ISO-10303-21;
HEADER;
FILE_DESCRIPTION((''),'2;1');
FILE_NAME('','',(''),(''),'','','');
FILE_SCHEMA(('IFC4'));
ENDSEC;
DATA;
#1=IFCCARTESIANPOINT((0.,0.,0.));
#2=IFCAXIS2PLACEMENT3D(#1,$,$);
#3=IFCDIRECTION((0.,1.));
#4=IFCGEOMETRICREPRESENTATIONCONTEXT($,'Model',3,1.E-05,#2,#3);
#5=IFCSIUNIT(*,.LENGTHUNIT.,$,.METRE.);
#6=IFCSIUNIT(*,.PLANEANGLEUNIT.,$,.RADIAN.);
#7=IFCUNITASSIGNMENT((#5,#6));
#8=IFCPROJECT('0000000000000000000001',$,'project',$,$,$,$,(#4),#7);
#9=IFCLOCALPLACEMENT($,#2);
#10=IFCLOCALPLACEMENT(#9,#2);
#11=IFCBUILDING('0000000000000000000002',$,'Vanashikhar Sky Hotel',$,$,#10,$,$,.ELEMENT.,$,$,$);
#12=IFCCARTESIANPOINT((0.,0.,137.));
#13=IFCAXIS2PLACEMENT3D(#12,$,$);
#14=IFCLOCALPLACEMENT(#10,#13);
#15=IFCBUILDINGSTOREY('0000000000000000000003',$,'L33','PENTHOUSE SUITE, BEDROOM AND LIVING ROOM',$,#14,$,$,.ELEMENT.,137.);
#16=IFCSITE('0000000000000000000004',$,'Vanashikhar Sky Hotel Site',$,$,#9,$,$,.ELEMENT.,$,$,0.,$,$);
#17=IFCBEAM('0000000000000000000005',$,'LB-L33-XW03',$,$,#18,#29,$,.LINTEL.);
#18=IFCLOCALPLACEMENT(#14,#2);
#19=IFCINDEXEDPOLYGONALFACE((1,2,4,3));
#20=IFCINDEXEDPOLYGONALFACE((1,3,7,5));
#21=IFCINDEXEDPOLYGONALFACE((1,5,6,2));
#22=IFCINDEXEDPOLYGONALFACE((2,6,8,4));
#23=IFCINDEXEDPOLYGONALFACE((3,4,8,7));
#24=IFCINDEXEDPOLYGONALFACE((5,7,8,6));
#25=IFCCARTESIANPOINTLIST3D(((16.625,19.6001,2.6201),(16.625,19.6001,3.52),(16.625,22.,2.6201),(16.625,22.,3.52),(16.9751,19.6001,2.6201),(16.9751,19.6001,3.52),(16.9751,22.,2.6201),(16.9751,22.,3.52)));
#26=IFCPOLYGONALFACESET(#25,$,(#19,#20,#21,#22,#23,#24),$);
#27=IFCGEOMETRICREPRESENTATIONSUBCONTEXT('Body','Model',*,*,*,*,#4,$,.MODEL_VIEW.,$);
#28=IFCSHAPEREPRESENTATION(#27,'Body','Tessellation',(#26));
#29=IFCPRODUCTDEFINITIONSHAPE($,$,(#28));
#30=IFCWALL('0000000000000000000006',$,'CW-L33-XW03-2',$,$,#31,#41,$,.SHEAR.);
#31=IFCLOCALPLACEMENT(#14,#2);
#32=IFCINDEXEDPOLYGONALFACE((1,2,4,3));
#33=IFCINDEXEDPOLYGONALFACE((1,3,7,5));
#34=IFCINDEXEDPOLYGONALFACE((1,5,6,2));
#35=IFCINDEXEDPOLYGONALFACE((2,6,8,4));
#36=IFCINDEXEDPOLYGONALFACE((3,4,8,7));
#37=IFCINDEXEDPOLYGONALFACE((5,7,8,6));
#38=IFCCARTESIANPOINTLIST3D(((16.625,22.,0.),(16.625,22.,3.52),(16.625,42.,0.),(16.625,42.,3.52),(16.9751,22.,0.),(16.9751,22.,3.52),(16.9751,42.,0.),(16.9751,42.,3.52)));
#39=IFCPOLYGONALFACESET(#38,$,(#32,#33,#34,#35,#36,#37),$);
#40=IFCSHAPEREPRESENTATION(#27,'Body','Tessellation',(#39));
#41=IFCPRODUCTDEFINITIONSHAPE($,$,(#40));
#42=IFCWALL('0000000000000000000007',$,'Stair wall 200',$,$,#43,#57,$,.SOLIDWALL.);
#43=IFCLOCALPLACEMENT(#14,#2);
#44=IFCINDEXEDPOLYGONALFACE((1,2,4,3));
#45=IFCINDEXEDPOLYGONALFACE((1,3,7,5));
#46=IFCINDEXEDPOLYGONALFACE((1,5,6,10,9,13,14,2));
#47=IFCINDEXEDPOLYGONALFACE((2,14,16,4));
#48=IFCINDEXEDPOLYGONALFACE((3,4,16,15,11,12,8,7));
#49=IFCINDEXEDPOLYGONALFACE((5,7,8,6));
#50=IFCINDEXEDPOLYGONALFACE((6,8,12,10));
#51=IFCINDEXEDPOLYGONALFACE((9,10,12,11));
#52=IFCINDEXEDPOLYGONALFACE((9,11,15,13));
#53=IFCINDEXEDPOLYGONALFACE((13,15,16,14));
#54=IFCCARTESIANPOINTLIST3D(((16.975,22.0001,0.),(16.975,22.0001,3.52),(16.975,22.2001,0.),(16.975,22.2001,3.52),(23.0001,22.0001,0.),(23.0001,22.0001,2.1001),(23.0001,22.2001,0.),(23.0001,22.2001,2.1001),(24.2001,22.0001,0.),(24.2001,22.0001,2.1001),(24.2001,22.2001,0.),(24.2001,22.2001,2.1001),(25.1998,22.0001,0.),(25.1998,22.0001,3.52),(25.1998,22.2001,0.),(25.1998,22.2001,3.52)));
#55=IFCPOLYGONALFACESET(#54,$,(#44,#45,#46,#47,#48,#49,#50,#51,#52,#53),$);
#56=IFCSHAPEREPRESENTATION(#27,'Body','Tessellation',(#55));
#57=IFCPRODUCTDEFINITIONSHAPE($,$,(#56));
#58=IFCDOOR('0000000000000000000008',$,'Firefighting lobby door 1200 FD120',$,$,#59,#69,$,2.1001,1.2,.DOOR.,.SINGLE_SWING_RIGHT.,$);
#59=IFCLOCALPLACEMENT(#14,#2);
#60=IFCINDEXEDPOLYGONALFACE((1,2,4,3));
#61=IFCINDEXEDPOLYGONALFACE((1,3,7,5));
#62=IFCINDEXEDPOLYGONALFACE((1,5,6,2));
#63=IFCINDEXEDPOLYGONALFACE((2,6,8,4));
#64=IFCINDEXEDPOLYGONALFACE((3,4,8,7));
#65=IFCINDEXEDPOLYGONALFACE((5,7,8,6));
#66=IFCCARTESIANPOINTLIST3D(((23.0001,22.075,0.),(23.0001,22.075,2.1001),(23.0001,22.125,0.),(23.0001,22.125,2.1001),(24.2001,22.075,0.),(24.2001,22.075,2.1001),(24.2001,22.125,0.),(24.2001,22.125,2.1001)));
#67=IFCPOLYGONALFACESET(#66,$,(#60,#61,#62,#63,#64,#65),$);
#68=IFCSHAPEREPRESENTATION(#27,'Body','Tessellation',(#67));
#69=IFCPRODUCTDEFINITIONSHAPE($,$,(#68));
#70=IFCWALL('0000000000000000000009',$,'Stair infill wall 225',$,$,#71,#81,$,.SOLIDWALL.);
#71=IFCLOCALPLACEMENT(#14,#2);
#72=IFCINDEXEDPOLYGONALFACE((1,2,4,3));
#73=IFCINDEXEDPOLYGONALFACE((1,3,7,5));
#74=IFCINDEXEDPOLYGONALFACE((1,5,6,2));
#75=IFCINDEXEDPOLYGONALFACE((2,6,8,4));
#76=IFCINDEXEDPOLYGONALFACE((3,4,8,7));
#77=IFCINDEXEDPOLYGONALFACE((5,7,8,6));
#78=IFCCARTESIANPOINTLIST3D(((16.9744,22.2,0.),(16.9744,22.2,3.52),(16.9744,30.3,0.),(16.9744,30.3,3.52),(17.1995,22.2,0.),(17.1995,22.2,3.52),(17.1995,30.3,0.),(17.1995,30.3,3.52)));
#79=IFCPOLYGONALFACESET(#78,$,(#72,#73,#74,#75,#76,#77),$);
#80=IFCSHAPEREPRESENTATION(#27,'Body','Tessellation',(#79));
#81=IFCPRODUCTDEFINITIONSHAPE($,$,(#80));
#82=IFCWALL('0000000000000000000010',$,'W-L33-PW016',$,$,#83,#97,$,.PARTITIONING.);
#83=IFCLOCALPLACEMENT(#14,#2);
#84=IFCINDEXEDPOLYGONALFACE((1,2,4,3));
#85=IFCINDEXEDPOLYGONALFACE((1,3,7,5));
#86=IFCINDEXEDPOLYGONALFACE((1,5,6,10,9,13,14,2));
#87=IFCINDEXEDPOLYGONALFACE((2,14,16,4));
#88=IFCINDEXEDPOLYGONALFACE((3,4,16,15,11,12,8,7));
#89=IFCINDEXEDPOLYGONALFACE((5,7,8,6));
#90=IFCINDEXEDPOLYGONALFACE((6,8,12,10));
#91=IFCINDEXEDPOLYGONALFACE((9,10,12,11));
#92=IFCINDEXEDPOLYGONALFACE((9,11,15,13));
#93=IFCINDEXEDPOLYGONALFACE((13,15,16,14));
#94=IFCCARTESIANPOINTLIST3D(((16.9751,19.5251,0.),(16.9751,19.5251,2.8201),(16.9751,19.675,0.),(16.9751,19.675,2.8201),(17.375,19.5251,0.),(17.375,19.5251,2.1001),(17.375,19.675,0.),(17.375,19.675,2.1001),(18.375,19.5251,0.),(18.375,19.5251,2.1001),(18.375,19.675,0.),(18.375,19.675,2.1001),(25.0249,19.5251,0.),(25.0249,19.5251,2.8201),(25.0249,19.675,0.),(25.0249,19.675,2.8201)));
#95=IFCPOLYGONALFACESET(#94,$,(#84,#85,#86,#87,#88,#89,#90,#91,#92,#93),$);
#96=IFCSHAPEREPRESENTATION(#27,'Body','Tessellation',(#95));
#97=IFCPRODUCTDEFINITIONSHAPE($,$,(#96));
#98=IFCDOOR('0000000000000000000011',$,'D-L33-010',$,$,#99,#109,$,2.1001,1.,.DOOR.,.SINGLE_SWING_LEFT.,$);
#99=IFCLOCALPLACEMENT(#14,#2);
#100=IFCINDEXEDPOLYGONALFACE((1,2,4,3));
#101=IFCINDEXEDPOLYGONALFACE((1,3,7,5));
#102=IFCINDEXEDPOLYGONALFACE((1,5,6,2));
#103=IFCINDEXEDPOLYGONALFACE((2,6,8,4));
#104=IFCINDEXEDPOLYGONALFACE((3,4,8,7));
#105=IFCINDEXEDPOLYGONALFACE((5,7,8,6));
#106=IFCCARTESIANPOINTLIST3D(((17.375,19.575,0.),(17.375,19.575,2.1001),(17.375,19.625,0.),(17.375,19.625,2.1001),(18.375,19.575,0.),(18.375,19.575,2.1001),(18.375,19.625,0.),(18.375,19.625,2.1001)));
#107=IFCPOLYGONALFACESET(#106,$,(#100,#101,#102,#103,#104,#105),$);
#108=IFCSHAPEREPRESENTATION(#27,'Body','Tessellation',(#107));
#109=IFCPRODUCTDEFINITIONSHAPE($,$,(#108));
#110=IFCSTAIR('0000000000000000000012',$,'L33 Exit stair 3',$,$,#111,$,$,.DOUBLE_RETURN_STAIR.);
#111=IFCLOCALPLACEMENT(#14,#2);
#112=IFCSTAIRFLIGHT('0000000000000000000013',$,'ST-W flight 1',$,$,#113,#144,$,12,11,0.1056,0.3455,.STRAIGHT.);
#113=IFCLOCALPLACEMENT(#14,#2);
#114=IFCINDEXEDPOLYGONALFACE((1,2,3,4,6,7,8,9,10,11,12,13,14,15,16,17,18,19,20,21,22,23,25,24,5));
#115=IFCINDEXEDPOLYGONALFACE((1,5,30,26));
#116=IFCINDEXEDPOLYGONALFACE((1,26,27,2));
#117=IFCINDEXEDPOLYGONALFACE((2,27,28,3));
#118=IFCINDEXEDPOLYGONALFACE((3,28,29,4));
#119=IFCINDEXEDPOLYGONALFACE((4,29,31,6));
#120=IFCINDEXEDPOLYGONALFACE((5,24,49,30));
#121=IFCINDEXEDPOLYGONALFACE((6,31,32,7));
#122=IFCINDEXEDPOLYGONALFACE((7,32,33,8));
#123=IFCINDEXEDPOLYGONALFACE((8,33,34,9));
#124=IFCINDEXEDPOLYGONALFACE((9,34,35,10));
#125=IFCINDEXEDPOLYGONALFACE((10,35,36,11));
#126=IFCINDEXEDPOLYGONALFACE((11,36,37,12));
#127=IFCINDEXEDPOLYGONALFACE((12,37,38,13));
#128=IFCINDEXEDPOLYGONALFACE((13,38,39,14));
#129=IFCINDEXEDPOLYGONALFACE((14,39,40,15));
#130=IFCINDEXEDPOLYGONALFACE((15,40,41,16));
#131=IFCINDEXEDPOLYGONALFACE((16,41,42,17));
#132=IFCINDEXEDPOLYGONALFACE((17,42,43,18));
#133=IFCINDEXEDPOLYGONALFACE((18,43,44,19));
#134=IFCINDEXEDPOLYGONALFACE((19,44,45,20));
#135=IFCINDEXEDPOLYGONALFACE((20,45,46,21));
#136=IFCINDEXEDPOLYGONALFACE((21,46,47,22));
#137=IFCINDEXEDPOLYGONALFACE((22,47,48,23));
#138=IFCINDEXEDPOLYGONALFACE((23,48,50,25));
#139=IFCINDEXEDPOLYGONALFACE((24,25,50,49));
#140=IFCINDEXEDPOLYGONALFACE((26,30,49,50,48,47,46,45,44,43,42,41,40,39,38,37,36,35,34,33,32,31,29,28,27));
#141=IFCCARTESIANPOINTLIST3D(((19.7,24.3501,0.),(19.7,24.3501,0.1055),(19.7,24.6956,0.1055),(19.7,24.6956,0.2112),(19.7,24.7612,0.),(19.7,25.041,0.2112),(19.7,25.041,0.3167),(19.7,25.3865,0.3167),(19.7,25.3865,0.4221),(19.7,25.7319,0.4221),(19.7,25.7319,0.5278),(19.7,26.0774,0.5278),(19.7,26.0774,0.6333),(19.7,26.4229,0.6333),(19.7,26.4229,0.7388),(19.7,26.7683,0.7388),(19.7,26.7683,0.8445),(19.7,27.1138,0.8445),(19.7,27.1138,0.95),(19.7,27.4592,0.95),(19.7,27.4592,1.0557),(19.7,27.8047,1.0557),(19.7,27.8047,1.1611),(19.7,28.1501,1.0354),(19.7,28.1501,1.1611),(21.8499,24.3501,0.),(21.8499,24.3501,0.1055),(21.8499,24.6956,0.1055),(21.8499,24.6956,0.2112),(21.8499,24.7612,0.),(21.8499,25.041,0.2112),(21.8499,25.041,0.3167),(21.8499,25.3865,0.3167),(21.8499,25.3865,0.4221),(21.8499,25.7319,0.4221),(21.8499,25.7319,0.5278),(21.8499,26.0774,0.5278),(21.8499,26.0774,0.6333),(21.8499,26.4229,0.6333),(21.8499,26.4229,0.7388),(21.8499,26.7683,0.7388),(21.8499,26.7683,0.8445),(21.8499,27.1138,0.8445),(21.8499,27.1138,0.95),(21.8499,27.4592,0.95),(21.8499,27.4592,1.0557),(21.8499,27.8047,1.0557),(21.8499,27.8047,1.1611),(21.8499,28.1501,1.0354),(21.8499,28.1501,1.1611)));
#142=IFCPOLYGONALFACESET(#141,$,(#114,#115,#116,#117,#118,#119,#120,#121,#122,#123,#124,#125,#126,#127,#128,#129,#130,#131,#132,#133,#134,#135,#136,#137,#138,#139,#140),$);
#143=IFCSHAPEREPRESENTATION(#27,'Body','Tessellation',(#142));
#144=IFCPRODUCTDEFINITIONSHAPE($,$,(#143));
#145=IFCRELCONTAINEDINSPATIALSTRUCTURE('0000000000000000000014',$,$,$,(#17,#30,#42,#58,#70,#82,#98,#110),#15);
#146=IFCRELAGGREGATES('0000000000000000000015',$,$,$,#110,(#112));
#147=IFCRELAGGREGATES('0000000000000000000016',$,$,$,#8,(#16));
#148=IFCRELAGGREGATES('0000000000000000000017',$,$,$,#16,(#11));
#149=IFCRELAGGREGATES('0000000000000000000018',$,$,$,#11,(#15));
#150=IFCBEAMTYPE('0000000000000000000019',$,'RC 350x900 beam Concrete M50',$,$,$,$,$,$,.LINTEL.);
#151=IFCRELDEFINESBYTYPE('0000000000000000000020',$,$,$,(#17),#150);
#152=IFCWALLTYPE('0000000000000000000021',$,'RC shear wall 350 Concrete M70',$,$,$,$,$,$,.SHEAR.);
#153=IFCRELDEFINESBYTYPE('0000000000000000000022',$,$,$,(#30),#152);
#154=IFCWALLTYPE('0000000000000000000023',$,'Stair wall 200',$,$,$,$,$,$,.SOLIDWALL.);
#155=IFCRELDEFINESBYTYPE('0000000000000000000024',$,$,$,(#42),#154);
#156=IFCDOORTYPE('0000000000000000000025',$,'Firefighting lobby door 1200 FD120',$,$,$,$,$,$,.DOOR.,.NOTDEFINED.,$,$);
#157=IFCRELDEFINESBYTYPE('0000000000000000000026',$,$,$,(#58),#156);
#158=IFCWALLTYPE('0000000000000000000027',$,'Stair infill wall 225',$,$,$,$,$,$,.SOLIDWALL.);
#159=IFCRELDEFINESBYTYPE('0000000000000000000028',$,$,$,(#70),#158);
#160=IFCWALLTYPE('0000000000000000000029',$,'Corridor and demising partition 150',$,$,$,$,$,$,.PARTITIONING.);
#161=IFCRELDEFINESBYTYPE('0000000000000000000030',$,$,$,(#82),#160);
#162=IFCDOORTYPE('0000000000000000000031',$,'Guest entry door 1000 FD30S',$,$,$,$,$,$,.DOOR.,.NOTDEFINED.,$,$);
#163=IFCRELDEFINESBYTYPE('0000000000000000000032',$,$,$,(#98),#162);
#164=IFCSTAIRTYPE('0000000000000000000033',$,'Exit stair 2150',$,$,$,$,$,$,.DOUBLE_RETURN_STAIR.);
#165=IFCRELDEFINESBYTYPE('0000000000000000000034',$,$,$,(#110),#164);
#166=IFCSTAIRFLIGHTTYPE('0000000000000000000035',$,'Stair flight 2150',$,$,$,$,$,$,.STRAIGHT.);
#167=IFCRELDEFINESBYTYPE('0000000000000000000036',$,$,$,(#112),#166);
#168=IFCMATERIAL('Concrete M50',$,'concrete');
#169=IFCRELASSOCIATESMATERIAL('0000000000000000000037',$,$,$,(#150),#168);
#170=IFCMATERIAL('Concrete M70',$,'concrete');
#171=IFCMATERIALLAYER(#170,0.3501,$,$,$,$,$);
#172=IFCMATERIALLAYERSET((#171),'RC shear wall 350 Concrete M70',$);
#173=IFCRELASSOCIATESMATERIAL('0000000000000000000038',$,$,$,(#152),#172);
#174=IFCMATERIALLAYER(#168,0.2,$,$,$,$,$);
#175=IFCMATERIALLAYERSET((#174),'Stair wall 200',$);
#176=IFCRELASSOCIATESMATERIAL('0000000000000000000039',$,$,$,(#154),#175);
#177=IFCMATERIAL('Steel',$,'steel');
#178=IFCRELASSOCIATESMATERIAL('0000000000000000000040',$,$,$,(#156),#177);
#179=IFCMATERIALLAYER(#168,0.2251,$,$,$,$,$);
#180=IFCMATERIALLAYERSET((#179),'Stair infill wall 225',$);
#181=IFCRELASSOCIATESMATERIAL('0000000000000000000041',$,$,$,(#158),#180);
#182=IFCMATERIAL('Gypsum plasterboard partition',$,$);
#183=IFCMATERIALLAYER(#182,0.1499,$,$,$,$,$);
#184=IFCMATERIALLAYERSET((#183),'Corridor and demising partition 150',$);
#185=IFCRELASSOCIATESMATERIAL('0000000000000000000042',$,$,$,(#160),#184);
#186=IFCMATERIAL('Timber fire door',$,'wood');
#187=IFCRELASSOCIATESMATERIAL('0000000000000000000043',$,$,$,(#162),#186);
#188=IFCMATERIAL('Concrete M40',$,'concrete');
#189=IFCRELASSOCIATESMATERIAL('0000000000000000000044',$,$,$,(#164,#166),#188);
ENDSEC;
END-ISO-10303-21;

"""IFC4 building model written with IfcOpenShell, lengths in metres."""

from ifc_helpers import new_model, si_unit, direction, frame, frame_2d, origin, origin_2d, place, context, subcontext, project, spatial, polyline, rectangle, outline, extrude, source, transform, mapped, material, layer, layer_set, material_profile, profile_set, type_object, element, fill, aggregate, save


model = new_model("IFC4")

# Units and contexts
model_context = context("Model", 3, precision=1e-05, world=origin(), true_north=direction((0.0, 1.0)))
body_context = subcontext(model_context, "Body", "Model", "MODEL_VIEW")
ifc_project = project(units=[si_unit("LENGTHUNIT", "METRE"), si_unit("PLANEANGLEUNIT", "RADIAN")], contexts=[model_context])

# Site, building, storey
site_placement = place(None, origin())
site = spatial("IfcSite", under=ifc_project, at=site_placement, Name="Vanashikhar Sky Hotel Site", CompositionType="ELEMENT", RefElevation=0.0)
building_placement = place(site_placement, origin())
building = spatial("IfcBuilding", under=site, at=building_placement, Name="Vanashikhar Sky Hotel", CompositionType="ELEMENT")
storey_placement = place(building_placement, frame((0.0, 0.0, 137.0)))
storey = spatial("IfcBuildingStorey", under=building, at=storey_placement, Name="L33", Description="PENTHOUSE SUITE, BEDROOM AND LIVING ROOM", CompositionType="ELEMENT", Elevation=137.0)

# Beam
ifc_material_1 = material(Name="Concrete M50", Category="concrete")
ifc_material_profile = material_profile(ifc_material_1, rectangle(XDim=0.3501, YDim=0.8999, at=origin_2d()))
ifc_profile_set = profile_set([ifc_material_profile], Name="RC 350x900 beam Concrete M50")
beam_type = type_object("IfcBeamType", Name="RC 350x900 beam Concrete M50", PredefinedType="LINTEL", material=ifc_profile_set)
shared_shape_1 = source(origin(), body_context, "Body", "SweptSolid", [
    extrude(rectangle(XDim=0.3501, YDim=0.8999, at=origin_2d()), origin(), (0.0, 0.0, 1.0), 2.3999),
])
beam_placement = place(storey_placement, frame((16.8, 19.6001, 3.0701), z_axis=(0.0, 1.0, 0.0), x_axis=(-1.0, 0.0, 0.0)))
element("IfcBeam", 1, at=beam_placement, inside=storey, type_object=beam_type, Name="LB-L33-XW03", PredefinedType="LINTEL", context=body_context, shape_type="MappedRepresentation", body=[
    mapped(shared_shape_1, transform((0.0, 0.0, 0.0), scale=1.0)),
])

# Wall
ifc_material_2 = material(Name="Concrete M70", Category="concrete")
ifc_layer_1 = layer(ifc_material_2, 0.3501)
ifc_layer_set_1 = layer_set([ifc_layer_1], Name="RC shear wall 350 Concrete M70")
wall_type_1 = type_object("IfcWallType", Name="RC shear wall 350 Concrete M70", PredefinedType="SHEAR", material=ifc_layer_set_1)
shared_shape_2 = source(origin(), body_context, "Body", "SweptSolid", [
    extrude(rectangle(XDim=20.0, YDim=0.3501, at=frame_2d((10.0, 0.0))), origin(), (0.0, 0.0, 1.0), 3.52),
])
wall_1_placement = place(storey_placement, frame((16.8, 22.0, 0.0), z_axis=(0.0, 0.0, 1.0), x_axis=(0.0, 1.0, 0.0)))
element("IfcWall", 2, at=wall_1_placement, inside=storey, type_object=wall_type_1, Name="CW-L33-XW03-2", PredefinedType="SHEAR", context=body_context, shape_type="MappedRepresentation", body=[
    mapped(shared_shape_2, transform((0.0, 0.0, 0.0), scale=1.0)),
])

# Wall, opening, door
ifc_layer_2 = layer(ifc_material_1, 0.2)
ifc_layer_set_2 = layer_set([ifc_layer_2], Name="Stair wall 200")
wall_type_2 = type_object("IfcWallType", Name="Stair wall 200", PredefinedType="SOLIDWALL", material=ifc_layer_set_2)
shared_shape_3 = source(origin(), body_context, "Body", "SweptSolid", [
    extrude(rectangle(XDim=8.2249, YDim=0.2, at=frame_2d((4.1123, 0.0))), origin(), (0.0, 0.0, 1.0), 3.52),
])
wall_2_placement = place(storey_placement, frame((16.9751, 22.1001, 0.0), z_axis=(0.0, 0.0, 1.0), x_axis=(1.0, 0.0, 0.0)))
wall_2 = element("IfcWall", 3, at=wall_2_placement, inside=storey, type_object=wall_type_2, Name="Stair wall 200", PredefinedType="SOLIDWALL", context=body_context, shape_type="MappedRepresentation", body=[
    mapped(shared_shape_3, transform((0.0, 0.0, 0.0), scale=1.0)),
])
shared_shape_4 = source(origin(), body_context, "Body", "SweptSolid", [
    extrude(rectangle(XDim=1.2, YDim=2.1001, at=frame_2d((0.6001, 1.05))), frame((0.0, 0.1099, 0.0), z_axis=(0.0, -1.0, 0.0), x_axis=(1.0, 0.0, 0.0)), (0.0, 0.0, 1.0), 0.22),
])
opening_1_placement = place(wall_2_placement, frame((6.0249, 0.0, 0.0)))
opening_1 = element("IfcOpeningElement", 4, at=opening_1_placement, cuts=wall_2, PredefinedType="OPENING", context=body_context, shape_type="MappedRepresentation", body=[
    mapped(shared_shape_4, transform((0.0, 0.0, 0.0), scale=1.0)),
])
ifc_material_3 = material(Name="Steel", Category="steel")
door_type_1 = type_object("IfcDoorType", Name="Firefighting lobby door 1200 FD120", OperationType="NOTDEFINED", PredefinedType="DOOR", material=ifc_material_3)
shared_shape_5 = source(origin(), body_context, "Body", "SweptSolid", [
    extrude(rectangle(XDim=1.2, YDim=2.1001, at=frame_2d((0.6001, 1.05))), frame((0.0, 0.0249, 0.0), z_axis=(0.0, -1.0, 0.0), x_axis=(1.0, 0.0, 0.0)), (0.0, 0.0, 1.0), 0.05),
])
door_1_placement = place(opening_1_placement, origin())
door_1 = element("IfcDoor", 5, at=door_1_placement, inside=storey, type_object=door_type_1, Name="Firefighting lobby door 1200 FD120", OperationType="SINGLE_SWING_RIGHT", OverallHeight=2.1001, OverallWidth=1.2, PredefinedType="DOOR", context=body_context, shape_type="MappedRepresentation", body=[
    mapped(shared_shape_5, transform((0.0, 0.0, 0.0), scale=1.0)),
])
fill(opening_1, door_1)

# Wall
ifc_layer_3 = layer(ifc_material_1, 0.2251)
ifc_layer_set_3 = layer_set([ifc_layer_3], Name="Stair infill wall 225")
wall_type_3 = type_object("IfcWallType", Name="Stair infill wall 225", PredefinedType="SOLIDWALL", material=ifc_layer_set_3)
shared_shape_6 = source(origin(), body_context, "Body", "SweptSolid", [
    extrude(rectangle(XDim=8.1001, YDim=0.2251, at=frame_2d((4.05, 0.0))), origin(), (0.0, 0.0, 1.0), 3.52),
])
wall_3_placement = place(storey_placement, frame((17.0869, 22.2, 0.0), z_axis=(0.0, 0.0, 1.0), x_axis=(0.0, 1.0, 0.0)))
element("IfcWall", 6, at=wall_3_placement, inside=storey, type_object=wall_type_3, Name="Stair infill wall 225", PredefinedType="SOLIDWALL", context=body_context, shape_type="MappedRepresentation", body=[
    mapped(shared_shape_6, transform((0.0, 0.0, 0.0), scale=1.0)),
])

# Wall, opening, door
ifc_material_4 = material(Name="Gypsum plasterboard partition")
ifc_layer_4 = layer(ifc_material_4, 0.1499)
ifc_layer_set_4 = layer_set([ifc_layer_4], Name="Corridor and demising partition 150")
wall_type_4 = type_object("IfcWallType", Name="Corridor and demising partition 150", PredefinedType="PARTITIONING", material=ifc_layer_set_4)
shared_shape_7 = source(origin(), body_context, "Body", "SweptSolid", [
    extrude(rectangle(XDim=8.0498, YDim=0.1499, at=frame_2d((4.0249, 0.0))), origin(), (0.0, 0.0, 1.0), 2.8201),
])
wall_4_placement = place(storey_placement, frame((16.9751, 19.6001, 0.0), z_axis=(0.0, 0.0, 1.0), x_axis=(1.0, 0.0, 0.0)))
wall_4 = element("IfcWall", 7, at=wall_4_placement, inside=storey, type_object=wall_type_4, Name="W-L33-PW016", PredefinedType="PARTITIONING", context=body_context, shape_type="MappedRepresentation", body=[
    mapped(shared_shape_7, transform((0.0, 0.0, 0.0), scale=1.0)),
])
shared_shape_8 = source(origin(), body_context, "Body", "SweptSolid", [
    extrude(rectangle(XDim=1.0, YDim=2.1001, at=frame_2d((0.5, 1.05))), frame((0.0, 0.085, 0.0), z_axis=(0.0, -1.0, 0.0), x_axis=(1.0, 0.0, 0.0)), (0.0, 0.0, 1.0), 0.1699),
])
opening_2_placement = place(wall_4_placement, frame((0.3999, 0.0, 0.0)))
opening_2 = element("IfcOpeningElement", 8, at=opening_2_placement, cuts=wall_4, PredefinedType="OPENING", context=body_context, shape_type="MappedRepresentation", body=[
    mapped(shared_shape_8, transform((0.0, 0.0, 0.0), scale=1.0)),
])
ifc_material_5 = material(Name="Timber fire door", Category="wood")
door_type_2 = type_object("IfcDoorType", Name="Guest entry door 1000 FD30S", OperationType="NOTDEFINED", PredefinedType="DOOR", material=ifc_material_5)
shared_shape_9 = source(origin(), body_context, "Body", "SweptSolid", [
    extrude(rectangle(XDim=1.0, YDim=2.1001, at=frame_2d((0.5, 1.05))), frame((0.0, 0.0249, 0.0), z_axis=(0.0, -1.0, 0.0), x_axis=(1.0, 0.0, 0.0)), (0.0, 0.0, 1.0), 0.05),
])
door_2_placement = place(opening_2_placement, origin())
door_2 = element("IfcDoor", 9, at=door_2_placement, inside=storey, type_object=door_type_2, Name="D-L33-010", OperationType="SINGLE_SWING_LEFT", OverallHeight=2.1001, OverallWidth=1.0, PredefinedType="DOOR", context=body_context, shape_type="MappedRepresentation", body=[
    mapped(shared_shape_9, transform((0.0, 0.0, 0.0), scale=1.0)),
])
fill(opening_2, door_2)

# Stair, stair flight
ifc_material_6 = material(Name="Concrete M40", Category="concrete")
stair_type = type_object("IfcStairType", Name="Exit stair 2150", PredefinedType="DOUBLE_RETURN_STAIR", material=ifc_material_6)
stair_placement = place(storey_placement, origin())
stair = element("IfcStair", 10, at=stair_placement, inside=storey, type_object=stair_type, Name="L33 Exit stair 3", PredefinedType="DOUBLE_RETURN_STAIR")
stair_flight_type = type_object("IfcStairFlightType", Name="Stair flight 2150", PredefinedType="STRAIGHT", material=ifc_material_6)
shared_shape_10 = source(origin(), body_context, "Body", "SweptSolid", [
    extrude(outline(polyline([(0.0, 0.0), (0.0, 0.1055), (0.3455, 0.1055), (0.3455, 0.2112), (0.6909, 0.2112), (0.6909, 0.3167), (1.0364, 0.3167), (1.0364, 0.4221), (1.3818, 0.4221), (1.3818, 0.5278), (1.7273, 0.5278), (1.7273, 0.6333), (2.0728, 0.6333), (2.0728, 0.7388), (2.4182, 0.7388), (2.4182, 0.8445), (2.7637, 0.8445), (2.7637, 0.95), (3.1091, 0.95), (3.1091, 1.0557), (3.4546, 1.0557), (3.4546, 1.1611), (3.8, 1.1611), (3.8, 1.2666), (3.8, 1.0354), (0.4111, 0.0), (0.0, 0.0)])), frame((0.0, 1.075, 0.0), z_axis=(0.0, -1.0, 0.0), x_axis=(1.0, 0.0, 0.0)), (0.0, 0.0, 1.0), 2.1499),
])
stair_flight_1_placement = place(storey_placement, frame((20.7749, 24.3501, 0.0), z_axis=(0.0, 0.0, 1.0), x_axis=(0.0, 1.0, 0.0)))
stair_flight_1 = element("IfcStairFlight", 11, at=stair_flight_1_placement, type_object=stair_flight_type, Name="ST-W flight 1", NumberOfRisers=12, NumberOfTreads=11, PredefinedType="STRAIGHT", RiserHeight=0.1056, TreadLength=0.3455, context=body_context, shape_type="MappedRepresentation", body=[
    mapped(shared_shape_10, transform((0.0, 0.0, 0.0), scale=1.0)),
])
aggregate(stair, [stair_flight_1])

save(model, "model.ifc")
